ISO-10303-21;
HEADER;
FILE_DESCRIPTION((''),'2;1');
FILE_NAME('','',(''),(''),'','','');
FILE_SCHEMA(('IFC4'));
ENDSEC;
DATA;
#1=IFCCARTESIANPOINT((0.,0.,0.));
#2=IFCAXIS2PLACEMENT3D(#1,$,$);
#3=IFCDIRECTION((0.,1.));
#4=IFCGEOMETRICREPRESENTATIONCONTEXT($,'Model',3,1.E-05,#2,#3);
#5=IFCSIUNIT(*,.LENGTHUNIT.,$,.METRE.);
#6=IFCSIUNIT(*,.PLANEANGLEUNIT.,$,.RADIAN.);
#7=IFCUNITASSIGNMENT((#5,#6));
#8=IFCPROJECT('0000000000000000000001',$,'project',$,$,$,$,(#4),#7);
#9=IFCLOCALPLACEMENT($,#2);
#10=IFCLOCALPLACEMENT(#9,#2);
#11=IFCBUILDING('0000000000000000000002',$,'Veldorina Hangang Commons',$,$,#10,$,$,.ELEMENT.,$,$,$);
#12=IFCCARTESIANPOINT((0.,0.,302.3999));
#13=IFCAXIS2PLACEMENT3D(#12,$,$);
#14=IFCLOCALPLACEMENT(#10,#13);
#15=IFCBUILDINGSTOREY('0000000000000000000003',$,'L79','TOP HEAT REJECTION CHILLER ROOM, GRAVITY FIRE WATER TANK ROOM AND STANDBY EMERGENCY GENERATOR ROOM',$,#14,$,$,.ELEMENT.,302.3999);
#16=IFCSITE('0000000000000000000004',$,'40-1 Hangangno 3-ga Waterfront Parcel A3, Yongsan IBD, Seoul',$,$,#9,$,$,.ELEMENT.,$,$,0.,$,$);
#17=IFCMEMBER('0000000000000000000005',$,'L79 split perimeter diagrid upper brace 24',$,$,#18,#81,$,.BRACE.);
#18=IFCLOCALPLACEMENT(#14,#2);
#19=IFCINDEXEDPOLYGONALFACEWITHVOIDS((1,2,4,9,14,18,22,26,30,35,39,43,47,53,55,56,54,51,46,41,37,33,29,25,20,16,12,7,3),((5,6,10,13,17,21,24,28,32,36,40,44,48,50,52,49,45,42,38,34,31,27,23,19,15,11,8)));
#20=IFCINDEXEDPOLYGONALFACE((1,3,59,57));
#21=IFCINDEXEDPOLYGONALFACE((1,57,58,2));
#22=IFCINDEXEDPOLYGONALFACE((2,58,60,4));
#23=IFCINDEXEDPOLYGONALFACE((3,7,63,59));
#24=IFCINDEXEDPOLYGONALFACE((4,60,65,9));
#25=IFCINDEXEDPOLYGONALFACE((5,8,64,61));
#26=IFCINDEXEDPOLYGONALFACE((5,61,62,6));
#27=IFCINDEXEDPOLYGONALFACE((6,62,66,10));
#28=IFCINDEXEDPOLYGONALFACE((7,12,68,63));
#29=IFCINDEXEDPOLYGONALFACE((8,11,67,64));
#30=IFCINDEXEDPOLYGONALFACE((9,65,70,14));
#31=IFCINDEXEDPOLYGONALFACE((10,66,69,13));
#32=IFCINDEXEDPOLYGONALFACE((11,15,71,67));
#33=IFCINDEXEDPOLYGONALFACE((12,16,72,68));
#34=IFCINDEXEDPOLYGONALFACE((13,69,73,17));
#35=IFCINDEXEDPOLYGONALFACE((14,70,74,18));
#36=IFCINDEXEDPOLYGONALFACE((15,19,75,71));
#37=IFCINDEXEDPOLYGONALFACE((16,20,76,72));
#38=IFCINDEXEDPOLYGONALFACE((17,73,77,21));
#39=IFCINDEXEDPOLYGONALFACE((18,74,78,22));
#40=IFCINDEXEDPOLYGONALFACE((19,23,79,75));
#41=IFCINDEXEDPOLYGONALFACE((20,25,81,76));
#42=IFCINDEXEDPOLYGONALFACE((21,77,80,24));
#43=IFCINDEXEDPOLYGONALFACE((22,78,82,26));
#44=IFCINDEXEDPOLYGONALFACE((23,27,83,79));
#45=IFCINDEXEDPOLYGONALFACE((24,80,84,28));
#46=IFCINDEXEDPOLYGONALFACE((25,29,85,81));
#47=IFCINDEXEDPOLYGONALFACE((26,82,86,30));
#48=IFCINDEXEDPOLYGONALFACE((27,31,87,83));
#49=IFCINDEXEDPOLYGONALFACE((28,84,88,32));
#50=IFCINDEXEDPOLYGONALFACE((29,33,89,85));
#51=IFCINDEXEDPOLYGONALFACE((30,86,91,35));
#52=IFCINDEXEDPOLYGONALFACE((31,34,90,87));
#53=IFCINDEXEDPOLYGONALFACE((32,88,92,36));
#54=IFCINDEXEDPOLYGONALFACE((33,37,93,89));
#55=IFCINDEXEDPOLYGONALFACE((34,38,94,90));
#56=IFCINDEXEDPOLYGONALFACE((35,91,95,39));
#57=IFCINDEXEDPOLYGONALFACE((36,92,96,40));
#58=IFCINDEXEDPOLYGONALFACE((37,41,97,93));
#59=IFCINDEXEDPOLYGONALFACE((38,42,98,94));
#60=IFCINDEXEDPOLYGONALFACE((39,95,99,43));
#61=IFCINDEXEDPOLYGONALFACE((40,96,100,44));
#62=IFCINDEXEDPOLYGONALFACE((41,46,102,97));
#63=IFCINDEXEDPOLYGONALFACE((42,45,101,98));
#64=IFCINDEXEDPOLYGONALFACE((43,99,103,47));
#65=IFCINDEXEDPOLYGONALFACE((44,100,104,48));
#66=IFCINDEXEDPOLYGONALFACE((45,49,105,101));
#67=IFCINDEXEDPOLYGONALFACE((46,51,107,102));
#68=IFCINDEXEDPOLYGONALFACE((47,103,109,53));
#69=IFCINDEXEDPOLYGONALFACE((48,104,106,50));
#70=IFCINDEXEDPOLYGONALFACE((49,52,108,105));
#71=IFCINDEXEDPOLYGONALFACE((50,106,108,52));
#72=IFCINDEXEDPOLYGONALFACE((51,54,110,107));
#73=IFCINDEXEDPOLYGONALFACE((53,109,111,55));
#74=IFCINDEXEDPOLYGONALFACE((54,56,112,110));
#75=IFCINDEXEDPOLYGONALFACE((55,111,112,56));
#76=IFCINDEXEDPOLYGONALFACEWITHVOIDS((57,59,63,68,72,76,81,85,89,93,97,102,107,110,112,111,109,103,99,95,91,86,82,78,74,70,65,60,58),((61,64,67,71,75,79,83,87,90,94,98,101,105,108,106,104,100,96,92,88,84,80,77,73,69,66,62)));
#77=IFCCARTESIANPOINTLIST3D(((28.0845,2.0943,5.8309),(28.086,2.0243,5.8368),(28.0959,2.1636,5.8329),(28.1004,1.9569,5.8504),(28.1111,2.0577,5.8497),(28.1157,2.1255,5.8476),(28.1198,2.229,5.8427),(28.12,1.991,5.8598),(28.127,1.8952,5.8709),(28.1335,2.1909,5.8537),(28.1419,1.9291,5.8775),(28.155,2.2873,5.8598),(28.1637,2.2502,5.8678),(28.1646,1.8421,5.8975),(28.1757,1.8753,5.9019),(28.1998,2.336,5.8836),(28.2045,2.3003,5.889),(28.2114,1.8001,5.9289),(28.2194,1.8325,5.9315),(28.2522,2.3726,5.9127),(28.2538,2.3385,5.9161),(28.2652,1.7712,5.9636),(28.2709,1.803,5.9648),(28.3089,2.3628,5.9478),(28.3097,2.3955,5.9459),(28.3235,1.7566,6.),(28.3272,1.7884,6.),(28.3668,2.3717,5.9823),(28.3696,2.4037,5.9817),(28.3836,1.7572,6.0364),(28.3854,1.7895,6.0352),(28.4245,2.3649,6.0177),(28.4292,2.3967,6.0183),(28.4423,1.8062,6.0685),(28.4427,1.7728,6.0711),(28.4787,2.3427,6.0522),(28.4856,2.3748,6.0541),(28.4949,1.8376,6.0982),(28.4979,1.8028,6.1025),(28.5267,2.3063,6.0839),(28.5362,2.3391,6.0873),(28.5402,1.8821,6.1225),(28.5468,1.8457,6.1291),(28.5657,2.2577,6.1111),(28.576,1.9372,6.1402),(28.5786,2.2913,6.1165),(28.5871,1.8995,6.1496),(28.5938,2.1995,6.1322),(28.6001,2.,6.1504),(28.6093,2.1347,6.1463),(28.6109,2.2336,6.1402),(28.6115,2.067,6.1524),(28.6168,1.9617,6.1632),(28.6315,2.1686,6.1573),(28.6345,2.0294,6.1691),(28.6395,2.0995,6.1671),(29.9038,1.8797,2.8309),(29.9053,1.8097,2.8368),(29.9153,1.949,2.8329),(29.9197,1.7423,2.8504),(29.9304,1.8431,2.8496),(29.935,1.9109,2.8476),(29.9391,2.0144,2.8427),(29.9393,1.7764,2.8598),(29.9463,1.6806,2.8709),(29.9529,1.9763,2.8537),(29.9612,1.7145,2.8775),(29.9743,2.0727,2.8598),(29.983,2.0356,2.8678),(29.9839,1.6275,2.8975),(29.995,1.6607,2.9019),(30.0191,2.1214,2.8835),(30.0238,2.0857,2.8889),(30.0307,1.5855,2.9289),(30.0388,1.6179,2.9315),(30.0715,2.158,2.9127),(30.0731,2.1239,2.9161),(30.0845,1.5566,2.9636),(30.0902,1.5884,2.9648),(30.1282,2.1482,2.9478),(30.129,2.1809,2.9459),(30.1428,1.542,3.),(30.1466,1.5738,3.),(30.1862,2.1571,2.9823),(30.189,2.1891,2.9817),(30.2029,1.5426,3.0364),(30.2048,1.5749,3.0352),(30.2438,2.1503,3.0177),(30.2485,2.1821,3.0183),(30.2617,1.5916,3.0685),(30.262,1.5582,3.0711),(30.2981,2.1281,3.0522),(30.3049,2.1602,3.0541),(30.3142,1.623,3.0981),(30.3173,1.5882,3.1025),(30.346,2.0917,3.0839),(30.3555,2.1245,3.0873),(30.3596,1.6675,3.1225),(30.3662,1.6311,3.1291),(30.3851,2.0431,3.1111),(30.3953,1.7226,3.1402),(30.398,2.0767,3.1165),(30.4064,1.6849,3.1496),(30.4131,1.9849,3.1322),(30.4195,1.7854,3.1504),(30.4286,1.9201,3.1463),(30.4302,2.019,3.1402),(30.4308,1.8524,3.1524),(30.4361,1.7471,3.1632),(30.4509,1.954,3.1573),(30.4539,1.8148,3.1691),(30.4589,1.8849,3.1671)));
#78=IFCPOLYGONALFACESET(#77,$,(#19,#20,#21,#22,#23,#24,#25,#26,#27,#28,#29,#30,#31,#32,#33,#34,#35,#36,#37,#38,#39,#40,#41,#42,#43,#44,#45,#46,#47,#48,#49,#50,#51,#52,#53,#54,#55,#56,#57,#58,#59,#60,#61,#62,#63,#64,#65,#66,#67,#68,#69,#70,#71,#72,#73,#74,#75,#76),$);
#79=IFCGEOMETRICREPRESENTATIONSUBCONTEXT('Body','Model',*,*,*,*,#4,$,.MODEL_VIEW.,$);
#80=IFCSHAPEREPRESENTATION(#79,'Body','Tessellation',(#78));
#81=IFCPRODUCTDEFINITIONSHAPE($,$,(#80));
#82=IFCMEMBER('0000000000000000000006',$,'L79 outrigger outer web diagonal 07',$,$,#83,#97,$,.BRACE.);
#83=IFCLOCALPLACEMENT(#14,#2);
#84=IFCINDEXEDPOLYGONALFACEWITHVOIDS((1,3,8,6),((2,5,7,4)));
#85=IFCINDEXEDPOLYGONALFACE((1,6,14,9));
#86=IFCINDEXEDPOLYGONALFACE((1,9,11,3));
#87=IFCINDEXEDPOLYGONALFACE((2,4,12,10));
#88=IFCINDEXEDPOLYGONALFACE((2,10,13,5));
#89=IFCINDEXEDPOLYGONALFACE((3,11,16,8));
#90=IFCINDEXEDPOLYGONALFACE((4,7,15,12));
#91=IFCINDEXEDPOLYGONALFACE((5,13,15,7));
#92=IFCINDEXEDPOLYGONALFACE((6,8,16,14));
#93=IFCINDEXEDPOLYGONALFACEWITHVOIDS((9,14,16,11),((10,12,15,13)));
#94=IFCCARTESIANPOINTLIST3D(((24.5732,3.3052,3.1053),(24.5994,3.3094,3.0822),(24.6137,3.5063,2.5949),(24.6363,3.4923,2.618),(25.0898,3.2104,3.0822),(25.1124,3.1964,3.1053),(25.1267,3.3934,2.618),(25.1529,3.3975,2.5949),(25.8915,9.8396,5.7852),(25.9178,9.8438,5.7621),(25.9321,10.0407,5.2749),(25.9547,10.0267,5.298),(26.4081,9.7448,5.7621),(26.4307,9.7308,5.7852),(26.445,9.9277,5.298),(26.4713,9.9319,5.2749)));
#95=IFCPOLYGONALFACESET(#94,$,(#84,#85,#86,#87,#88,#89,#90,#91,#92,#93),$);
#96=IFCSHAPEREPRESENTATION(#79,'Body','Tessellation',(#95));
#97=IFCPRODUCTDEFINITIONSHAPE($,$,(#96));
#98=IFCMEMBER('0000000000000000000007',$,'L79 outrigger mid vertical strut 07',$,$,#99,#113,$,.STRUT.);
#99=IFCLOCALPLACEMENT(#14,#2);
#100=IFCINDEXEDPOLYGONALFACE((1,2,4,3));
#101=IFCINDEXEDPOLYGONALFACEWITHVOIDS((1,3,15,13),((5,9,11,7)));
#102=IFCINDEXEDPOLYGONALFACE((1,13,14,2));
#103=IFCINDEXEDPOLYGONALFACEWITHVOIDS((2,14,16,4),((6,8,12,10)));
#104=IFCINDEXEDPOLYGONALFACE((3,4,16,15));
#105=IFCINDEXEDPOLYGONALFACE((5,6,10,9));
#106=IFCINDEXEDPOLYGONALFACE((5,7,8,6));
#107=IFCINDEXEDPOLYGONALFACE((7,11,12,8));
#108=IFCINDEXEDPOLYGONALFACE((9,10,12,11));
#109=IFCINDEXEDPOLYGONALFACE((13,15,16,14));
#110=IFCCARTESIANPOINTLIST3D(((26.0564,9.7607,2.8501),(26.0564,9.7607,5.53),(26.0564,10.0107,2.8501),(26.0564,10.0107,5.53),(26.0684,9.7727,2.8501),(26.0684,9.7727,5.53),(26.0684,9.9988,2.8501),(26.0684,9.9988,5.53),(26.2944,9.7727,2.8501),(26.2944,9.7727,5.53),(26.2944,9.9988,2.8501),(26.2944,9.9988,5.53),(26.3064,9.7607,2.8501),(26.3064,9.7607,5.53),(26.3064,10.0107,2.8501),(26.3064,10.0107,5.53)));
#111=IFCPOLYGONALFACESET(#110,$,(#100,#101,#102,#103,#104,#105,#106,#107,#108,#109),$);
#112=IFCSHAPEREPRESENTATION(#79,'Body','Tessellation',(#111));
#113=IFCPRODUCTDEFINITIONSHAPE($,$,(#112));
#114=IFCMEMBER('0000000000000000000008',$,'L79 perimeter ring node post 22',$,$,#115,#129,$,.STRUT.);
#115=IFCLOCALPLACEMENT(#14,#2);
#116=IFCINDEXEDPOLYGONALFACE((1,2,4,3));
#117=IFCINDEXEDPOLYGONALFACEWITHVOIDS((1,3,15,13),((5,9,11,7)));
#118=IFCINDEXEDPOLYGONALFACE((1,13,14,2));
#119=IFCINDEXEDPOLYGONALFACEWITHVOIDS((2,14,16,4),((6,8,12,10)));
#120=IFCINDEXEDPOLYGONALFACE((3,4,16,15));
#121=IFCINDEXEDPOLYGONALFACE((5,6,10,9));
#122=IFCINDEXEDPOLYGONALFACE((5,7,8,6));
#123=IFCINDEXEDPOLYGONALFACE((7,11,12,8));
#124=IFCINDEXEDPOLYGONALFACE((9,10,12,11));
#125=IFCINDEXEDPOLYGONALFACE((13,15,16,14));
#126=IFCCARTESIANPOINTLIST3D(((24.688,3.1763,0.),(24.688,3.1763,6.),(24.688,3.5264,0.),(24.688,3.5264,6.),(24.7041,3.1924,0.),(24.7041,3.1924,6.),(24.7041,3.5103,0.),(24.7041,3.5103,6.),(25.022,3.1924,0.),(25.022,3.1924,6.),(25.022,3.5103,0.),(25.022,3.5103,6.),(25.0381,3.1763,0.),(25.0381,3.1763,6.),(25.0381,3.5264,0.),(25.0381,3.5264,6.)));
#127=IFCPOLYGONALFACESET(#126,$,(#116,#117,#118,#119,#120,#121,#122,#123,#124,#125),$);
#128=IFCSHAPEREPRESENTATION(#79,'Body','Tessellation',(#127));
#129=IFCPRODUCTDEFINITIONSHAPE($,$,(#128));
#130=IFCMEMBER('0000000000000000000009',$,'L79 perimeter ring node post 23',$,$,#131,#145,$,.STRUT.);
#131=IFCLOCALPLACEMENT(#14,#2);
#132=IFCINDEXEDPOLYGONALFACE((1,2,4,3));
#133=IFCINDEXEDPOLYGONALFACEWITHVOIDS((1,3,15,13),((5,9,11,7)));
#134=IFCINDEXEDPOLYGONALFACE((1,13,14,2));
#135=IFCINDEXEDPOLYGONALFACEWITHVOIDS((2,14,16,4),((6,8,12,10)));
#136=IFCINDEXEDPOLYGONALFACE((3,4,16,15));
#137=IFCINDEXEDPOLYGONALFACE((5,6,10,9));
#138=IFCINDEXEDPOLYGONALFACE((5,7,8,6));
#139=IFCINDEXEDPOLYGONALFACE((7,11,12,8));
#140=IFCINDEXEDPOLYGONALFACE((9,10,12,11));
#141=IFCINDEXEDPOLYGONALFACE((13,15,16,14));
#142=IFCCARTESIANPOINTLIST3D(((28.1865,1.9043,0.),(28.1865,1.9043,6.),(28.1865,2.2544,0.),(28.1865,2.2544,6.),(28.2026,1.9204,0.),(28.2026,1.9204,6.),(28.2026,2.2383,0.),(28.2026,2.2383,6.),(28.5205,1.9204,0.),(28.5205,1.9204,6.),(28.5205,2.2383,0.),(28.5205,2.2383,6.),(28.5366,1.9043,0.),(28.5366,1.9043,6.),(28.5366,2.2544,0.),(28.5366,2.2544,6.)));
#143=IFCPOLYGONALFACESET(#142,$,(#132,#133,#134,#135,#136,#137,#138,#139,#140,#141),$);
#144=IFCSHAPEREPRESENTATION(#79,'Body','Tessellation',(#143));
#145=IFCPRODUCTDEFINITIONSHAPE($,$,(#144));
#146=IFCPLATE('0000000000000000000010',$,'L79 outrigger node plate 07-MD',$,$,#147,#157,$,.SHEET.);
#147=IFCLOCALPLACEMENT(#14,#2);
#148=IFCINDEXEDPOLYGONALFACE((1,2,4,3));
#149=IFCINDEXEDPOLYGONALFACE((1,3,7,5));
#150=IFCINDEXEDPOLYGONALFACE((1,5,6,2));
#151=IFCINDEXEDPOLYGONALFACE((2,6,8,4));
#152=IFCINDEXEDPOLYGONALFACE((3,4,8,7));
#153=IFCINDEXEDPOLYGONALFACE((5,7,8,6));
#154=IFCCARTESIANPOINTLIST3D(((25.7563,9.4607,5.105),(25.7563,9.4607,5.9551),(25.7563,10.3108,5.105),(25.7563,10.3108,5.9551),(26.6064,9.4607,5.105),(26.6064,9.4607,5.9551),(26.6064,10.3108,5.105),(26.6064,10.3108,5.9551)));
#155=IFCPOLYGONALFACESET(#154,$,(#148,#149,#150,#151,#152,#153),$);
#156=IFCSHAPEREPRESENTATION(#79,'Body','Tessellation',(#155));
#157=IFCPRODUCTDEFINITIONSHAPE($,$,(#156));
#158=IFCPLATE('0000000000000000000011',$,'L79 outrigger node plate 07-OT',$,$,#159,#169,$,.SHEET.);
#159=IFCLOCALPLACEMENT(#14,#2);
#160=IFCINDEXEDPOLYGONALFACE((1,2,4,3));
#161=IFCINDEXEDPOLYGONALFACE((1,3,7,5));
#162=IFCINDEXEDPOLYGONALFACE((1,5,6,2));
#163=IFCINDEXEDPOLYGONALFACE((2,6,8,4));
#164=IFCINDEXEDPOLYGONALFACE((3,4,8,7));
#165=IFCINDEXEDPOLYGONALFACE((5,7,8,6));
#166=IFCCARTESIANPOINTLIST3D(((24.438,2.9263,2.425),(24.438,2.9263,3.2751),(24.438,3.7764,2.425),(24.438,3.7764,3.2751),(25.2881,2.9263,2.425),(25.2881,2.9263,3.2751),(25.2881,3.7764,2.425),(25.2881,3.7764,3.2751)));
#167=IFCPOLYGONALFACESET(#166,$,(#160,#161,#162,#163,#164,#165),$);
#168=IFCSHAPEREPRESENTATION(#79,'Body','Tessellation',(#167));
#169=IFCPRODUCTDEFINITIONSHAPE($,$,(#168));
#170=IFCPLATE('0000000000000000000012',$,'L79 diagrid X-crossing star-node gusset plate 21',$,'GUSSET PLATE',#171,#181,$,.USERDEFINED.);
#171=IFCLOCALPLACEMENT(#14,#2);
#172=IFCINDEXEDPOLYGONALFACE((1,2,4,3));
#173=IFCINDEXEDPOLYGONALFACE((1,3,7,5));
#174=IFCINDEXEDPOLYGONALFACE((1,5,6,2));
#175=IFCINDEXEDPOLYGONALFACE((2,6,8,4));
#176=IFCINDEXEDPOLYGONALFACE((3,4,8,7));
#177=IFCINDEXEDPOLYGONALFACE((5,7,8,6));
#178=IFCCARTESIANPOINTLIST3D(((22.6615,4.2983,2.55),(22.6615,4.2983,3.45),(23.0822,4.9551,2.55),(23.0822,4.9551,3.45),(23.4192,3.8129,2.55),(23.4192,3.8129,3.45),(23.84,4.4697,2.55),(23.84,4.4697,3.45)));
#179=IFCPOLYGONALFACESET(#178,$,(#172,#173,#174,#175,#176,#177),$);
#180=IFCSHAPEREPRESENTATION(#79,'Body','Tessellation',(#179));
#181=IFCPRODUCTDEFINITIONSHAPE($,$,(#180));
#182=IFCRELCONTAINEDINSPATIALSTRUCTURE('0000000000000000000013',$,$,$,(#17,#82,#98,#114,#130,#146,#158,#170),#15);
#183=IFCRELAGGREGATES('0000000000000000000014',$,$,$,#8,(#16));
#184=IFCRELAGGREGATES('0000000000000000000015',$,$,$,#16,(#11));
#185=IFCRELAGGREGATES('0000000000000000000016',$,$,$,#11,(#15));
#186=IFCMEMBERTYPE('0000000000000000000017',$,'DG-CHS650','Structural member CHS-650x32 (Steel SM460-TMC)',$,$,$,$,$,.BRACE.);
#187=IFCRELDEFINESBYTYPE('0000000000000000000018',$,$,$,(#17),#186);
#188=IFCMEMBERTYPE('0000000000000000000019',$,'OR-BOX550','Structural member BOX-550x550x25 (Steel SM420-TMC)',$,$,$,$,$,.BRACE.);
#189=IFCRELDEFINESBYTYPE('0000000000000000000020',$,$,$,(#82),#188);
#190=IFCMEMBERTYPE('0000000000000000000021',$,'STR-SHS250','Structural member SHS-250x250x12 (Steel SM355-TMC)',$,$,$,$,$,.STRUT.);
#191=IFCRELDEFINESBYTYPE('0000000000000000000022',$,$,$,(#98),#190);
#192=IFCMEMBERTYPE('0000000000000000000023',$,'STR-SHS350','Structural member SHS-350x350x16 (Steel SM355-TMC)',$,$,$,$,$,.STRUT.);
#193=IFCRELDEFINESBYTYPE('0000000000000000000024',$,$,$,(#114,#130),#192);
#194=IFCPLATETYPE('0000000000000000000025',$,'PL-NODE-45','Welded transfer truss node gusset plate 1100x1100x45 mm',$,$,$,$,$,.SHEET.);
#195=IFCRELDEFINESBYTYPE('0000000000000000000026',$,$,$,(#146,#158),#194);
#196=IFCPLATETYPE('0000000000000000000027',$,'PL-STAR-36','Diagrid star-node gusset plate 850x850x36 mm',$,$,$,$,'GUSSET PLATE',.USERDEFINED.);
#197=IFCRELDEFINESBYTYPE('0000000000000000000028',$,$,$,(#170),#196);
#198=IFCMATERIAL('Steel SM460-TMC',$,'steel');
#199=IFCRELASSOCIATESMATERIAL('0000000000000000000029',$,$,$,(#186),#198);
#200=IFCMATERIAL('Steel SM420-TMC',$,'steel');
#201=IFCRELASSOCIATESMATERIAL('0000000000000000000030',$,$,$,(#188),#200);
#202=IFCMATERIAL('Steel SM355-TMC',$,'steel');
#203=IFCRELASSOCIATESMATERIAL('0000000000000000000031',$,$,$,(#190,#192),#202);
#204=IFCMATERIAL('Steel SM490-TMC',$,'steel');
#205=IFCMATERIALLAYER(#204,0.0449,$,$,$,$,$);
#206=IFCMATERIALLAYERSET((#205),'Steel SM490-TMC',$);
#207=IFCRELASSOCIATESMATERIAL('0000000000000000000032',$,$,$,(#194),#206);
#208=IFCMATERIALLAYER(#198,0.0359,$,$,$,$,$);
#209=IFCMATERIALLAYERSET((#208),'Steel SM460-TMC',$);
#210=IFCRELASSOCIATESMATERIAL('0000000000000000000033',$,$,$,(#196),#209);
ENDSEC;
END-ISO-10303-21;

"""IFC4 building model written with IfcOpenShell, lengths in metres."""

from ifc_helpers import new_model, si_unit, direction, frame, origin, origin_2d, place, context, subcontext, project, spatial, rectangle, hollow_rectangle, hollow_circle, extrude, material, layer, layer_set, material_profile, profile_set, type_object, element, save


model = new_model("IFC4")

# Units and contexts
model_context = context("Model", 3, precision=1e-05, world=origin(), true_north=direction((0.0, 1.0)))
body_context = subcontext(model_context, "Body", "Model", "MODEL_VIEW")
ifc_project = project(units=[si_unit("LENGTHUNIT", "METRE"), si_unit("PLANEANGLEUNIT", "RADIAN")], contexts=[model_context])

# Site, building, storey
site_placement = place(None, origin())
site = spatial("IfcSite", under=ifc_project, at=site_placement, Name="40-1 Hangangno 3-ga Waterfront Parcel A3, Yongsan IBD, Seoul", CompositionType="ELEMENT", RefElevation=0.0)
building_placement = place(site_placement, origin())
building = spatial("IfcBuilding", under=site, at=building_placement, Name="Veldorina Hangang Commons", CompositionType="ELEMENT")
storey_placement = place(building_placement, frame((0.0, 0.0, 302.3999)))
storey = spatial("IfcBuildingStorey", under=building, at=storey_placement, Name="L79", Description="TOP HEAT REJECTION CHILLER ROOM, GRAVITY FIRE WATER TANK ROOM AND STANDBY EMERGENCY GENERATOR ROOM", CompositionType="ELEMENT", Elevation=302.3999)

# Shared definitions
ifc_material_1 = material(Name="Steel SM460-TMC", Category="steel")

# Members
ifc_material_profile_1 = material_profile(ifc_material_1, hollow_circle(Radius=0.325, WallThickness=0.032, at=origin_2d()), Name="CHS-650x32")
ifc_profile_set_1 = profile_set([ifc_material_profile_1], Name="Steel SM460-TMC")
member_type_1 = type_object("IfcMemberType", Name="DG-CHS650", Description="Structural member CHS-650x32 (Steel SM460-TMC)", PredefinedType="BRACE", material=ifc_profile_set_1)
member_1_placement = place(storey_placement, frame((30.1809, 1.8647, 3.0), z_axis=(-0.517575, 0.061051, 0.853457), x_axis=(-0.117143, -0.993115, 0.0)))
element("IfcMember", 1, at=member_1_placement, inside=storey, type_object=member_type_1, Name="L79 split perimeter diagrid upper brace 24", PredefinedType="BRACE", context=body_context, shape_type="SweptSolid", body=[
    extrude(hollow_circle(Radius=0.325, WallThickness=0.032, at=origin_2d()), origin(), (0.0, 0.0, 1.0), 3.5151),
])
ifc_material_2 = material(Name="Steel SM420-TMC", Category="steel")
ifc_material_profile_2 = material_profile(ifc_material_2, hollow_rectangle(XDim=0.55, YDim=0.55, WallThickness=0.0249, at=origin_2d()), Name="BOX-550x550x25")
ifc_profile_set_2 = profile_set([ifc_material_profile_2], Name="Steel SM420-TMC")
member_type_2 = type_object("IfcMemberType", Name="OR-BOX550", Description="Structural member BOX-550x550x25 (Steel SM420-TMC)", PredefinedType="BRACE", material=ifc_profile_set_2)
member_2_placement = place(storey_placement, frame((26.1814, 9.8857, 5.53), z_axis=(-0.183497, -0.909501, -0.373009), x_axis=(0.980248, -0.197771, 0.0)))
element("IfcMember", 2, at=member_2_placement, inside=storey, type_object=member_type_2, Name="L79 outrigger outer web diagonal 07", PredefinedType="BRACE", context=body_context, shape_type="SweptSolid", body=[
    extrude(hollow_rectangle(XDim=0.55, YDim=0.55, WallThickness=0.0249, at=origin_2d()), origin(), (0.0, 0.0, 1.0), 7.1846),
])
ifc_material_3 = material(Name="Steel SM355-TMC", Category="steel")
ifc_material_profile_3 = material_profile(ifc_material_3, hollow_rectangle(XDim=0.25, YDim=0.25, WallThickness=0.012, at=origin_2d()), Name="SHS-250x250x12")
ifc_profile_set_3 = profile_set([ifc_material_profile_3], Name="Steel SM355-TMC")
member_type_3 = type_object("IfcMemberType", Name="STR-SHS250", Description="Structural member SHS-250x250x12 (Steel SM355-TMC)", PredefinedType="STRUT", material=ifc_profile_set_3)
member_3_placement = place(storey_placement, frame((26.1814, 9.8857, 2.8501), z_axis=(0.0, 0.0, 1.0), x_axis=(1.0, 0.0, 0.0)))
element("IfcMember", 3, at=member_3_placement, inside=storey, type_object=member_type_3, Name="L79 outrigger mid vertical strut 07", PredefinedType="STRUT", context=body_context, shape_type="SweptSolid", body=[
    extrude(hollow_rectangle(XDim=0.25, YDim=0.25, WallThickness=0.012, at=origin_2d()), origin(), (0.0, 0.0, 1.0), 2.6799),
])
ifc_material_profile_4 = material_profile(ifc_material_3, hollow_rectangle(XDim=0.3501, YDim=0.3501, WallThickness=0.0161, at=origin_2d()), Name="SHS-350x350x16")
ifc_profile_set_4 = profile_set([ifc_material_profile_4], Name="Steel SM355-TMC")
member_type_4 = type_object("IfcMemberType", Name="STR-SHS350", Description="Structural member SHS-350x350x16 (Steel SM355-TMC)", PredefinedType="STRUT", material=ifc_profile_set_4)
for number, where, z_axis, x_axis, name in (
    (4, (24.863, 3.3513, 0.0), (0.0, 0.0, 1.0), (1.0, 0.0, 0.0), "L79 perimeter ring node post 22"),
    (5, (28.3616, 2.0793, 0.0), (0.0, 0.0, 1.0), (1.0, 0.0, 0.0), "L79 perimeter ring node post 23"),
):
    element("IfcMember", number, at=place(storey_placement, frame(where, z_axis=z_axis, x_axis=x_axis)), inside=storey, type_object=member_type_4, Name=name, PredefinedType="STRUT", context=body_context, shape_type="SweptSolid", body=[
        extrude(hollow_rectangle(XDim=0.3501, YDim=0.3501, WallThickness=0.0161, at=origin_2d()), origin(), (0.0, 0.0, 1.0), 6.0),
    ])

# Plates
ifc_material_4 = material(Name="Steel SM490-TMC", Category="steel")
ifc_layer_1 = layer(ifc_material_4, 0.0449)
ifc_layer_set_1 = layer_set([ifc_layer_1], Name="Steel SM490-TMC")
plate_type_1 = type_object("IfcPlateType", Name="PL-NODE-45", Description="Welded transfer truss node gusset plate 1100x1100x45 mm", PredefinedType="SHEET", material=ifc_layer_set_1)
for number, where, z_axis, x_axis, name in (
    (6, (26.1814, 9.8857, 5.105), (0.0, 0.0, 1.0), (1.0, 0.0, 0.0), "L79 outrigger node plate 07-MD"),
    (7, (24.863, 3.3513, 2.425), (0.0, 0.0, 1.0), (1.0, 0.0, 0.0), "L79 outrigger node plate 07-OT"),
):
    element("IfcPlate", number, at=place(storey_placement, frame(where, z_axis=z_axis, x_axis=x_axis)), inside=storey, type_object=plate_type_1, Name=name, PredefinedType="SHEET", context=body_context, shape_type="SweptSolid", body=[
        extrude(rectangle(XDim=0.8501, YDim=0.8501, at=origin_2d()), origin(), (0.0, 0.0, 1.0), 0.8501),
    ])
ifc_layer_2 = layer(ifc_material_1, 0.0359)
ifc_layer_set_2 = layer_set([ifc_layer_2], Name="Steel SM460-TMC")
plate_type_2 = type_object("IfcPlateType", Name="PL-STAR-36", Description="Diagrid star-node gusset plate 850x850x36 mm", ElementType="GUSSET PLATE", PredefinedType="USERDEFINED", material=ifc_layer_set_2)
plate_1_placement = place(storey_placement, frame((23.2507, 4.384, 2.55), z_axis=(0.0, 0.0, 1.0), x_axis=(0.842057, -0.539388, 0.0)))
element("IfcPlate", 8, at=plate_1_placement, inside=storey, type_object=plate_type_2, Name="L79 diagrid X-crossing star-node gusset plate 21", ObjectType="GUSSET PLATE", PredefinedType="USERDEFINED", context=body_context, shape_type="SweptSolid", body=[
    extrude(rectangle(XDim=0.8999, YDim=0.78, at=origin_2d()), origin(), (0.0, 0.0, 1.0), 0.8999),
])

save(model, "model.ifc")
